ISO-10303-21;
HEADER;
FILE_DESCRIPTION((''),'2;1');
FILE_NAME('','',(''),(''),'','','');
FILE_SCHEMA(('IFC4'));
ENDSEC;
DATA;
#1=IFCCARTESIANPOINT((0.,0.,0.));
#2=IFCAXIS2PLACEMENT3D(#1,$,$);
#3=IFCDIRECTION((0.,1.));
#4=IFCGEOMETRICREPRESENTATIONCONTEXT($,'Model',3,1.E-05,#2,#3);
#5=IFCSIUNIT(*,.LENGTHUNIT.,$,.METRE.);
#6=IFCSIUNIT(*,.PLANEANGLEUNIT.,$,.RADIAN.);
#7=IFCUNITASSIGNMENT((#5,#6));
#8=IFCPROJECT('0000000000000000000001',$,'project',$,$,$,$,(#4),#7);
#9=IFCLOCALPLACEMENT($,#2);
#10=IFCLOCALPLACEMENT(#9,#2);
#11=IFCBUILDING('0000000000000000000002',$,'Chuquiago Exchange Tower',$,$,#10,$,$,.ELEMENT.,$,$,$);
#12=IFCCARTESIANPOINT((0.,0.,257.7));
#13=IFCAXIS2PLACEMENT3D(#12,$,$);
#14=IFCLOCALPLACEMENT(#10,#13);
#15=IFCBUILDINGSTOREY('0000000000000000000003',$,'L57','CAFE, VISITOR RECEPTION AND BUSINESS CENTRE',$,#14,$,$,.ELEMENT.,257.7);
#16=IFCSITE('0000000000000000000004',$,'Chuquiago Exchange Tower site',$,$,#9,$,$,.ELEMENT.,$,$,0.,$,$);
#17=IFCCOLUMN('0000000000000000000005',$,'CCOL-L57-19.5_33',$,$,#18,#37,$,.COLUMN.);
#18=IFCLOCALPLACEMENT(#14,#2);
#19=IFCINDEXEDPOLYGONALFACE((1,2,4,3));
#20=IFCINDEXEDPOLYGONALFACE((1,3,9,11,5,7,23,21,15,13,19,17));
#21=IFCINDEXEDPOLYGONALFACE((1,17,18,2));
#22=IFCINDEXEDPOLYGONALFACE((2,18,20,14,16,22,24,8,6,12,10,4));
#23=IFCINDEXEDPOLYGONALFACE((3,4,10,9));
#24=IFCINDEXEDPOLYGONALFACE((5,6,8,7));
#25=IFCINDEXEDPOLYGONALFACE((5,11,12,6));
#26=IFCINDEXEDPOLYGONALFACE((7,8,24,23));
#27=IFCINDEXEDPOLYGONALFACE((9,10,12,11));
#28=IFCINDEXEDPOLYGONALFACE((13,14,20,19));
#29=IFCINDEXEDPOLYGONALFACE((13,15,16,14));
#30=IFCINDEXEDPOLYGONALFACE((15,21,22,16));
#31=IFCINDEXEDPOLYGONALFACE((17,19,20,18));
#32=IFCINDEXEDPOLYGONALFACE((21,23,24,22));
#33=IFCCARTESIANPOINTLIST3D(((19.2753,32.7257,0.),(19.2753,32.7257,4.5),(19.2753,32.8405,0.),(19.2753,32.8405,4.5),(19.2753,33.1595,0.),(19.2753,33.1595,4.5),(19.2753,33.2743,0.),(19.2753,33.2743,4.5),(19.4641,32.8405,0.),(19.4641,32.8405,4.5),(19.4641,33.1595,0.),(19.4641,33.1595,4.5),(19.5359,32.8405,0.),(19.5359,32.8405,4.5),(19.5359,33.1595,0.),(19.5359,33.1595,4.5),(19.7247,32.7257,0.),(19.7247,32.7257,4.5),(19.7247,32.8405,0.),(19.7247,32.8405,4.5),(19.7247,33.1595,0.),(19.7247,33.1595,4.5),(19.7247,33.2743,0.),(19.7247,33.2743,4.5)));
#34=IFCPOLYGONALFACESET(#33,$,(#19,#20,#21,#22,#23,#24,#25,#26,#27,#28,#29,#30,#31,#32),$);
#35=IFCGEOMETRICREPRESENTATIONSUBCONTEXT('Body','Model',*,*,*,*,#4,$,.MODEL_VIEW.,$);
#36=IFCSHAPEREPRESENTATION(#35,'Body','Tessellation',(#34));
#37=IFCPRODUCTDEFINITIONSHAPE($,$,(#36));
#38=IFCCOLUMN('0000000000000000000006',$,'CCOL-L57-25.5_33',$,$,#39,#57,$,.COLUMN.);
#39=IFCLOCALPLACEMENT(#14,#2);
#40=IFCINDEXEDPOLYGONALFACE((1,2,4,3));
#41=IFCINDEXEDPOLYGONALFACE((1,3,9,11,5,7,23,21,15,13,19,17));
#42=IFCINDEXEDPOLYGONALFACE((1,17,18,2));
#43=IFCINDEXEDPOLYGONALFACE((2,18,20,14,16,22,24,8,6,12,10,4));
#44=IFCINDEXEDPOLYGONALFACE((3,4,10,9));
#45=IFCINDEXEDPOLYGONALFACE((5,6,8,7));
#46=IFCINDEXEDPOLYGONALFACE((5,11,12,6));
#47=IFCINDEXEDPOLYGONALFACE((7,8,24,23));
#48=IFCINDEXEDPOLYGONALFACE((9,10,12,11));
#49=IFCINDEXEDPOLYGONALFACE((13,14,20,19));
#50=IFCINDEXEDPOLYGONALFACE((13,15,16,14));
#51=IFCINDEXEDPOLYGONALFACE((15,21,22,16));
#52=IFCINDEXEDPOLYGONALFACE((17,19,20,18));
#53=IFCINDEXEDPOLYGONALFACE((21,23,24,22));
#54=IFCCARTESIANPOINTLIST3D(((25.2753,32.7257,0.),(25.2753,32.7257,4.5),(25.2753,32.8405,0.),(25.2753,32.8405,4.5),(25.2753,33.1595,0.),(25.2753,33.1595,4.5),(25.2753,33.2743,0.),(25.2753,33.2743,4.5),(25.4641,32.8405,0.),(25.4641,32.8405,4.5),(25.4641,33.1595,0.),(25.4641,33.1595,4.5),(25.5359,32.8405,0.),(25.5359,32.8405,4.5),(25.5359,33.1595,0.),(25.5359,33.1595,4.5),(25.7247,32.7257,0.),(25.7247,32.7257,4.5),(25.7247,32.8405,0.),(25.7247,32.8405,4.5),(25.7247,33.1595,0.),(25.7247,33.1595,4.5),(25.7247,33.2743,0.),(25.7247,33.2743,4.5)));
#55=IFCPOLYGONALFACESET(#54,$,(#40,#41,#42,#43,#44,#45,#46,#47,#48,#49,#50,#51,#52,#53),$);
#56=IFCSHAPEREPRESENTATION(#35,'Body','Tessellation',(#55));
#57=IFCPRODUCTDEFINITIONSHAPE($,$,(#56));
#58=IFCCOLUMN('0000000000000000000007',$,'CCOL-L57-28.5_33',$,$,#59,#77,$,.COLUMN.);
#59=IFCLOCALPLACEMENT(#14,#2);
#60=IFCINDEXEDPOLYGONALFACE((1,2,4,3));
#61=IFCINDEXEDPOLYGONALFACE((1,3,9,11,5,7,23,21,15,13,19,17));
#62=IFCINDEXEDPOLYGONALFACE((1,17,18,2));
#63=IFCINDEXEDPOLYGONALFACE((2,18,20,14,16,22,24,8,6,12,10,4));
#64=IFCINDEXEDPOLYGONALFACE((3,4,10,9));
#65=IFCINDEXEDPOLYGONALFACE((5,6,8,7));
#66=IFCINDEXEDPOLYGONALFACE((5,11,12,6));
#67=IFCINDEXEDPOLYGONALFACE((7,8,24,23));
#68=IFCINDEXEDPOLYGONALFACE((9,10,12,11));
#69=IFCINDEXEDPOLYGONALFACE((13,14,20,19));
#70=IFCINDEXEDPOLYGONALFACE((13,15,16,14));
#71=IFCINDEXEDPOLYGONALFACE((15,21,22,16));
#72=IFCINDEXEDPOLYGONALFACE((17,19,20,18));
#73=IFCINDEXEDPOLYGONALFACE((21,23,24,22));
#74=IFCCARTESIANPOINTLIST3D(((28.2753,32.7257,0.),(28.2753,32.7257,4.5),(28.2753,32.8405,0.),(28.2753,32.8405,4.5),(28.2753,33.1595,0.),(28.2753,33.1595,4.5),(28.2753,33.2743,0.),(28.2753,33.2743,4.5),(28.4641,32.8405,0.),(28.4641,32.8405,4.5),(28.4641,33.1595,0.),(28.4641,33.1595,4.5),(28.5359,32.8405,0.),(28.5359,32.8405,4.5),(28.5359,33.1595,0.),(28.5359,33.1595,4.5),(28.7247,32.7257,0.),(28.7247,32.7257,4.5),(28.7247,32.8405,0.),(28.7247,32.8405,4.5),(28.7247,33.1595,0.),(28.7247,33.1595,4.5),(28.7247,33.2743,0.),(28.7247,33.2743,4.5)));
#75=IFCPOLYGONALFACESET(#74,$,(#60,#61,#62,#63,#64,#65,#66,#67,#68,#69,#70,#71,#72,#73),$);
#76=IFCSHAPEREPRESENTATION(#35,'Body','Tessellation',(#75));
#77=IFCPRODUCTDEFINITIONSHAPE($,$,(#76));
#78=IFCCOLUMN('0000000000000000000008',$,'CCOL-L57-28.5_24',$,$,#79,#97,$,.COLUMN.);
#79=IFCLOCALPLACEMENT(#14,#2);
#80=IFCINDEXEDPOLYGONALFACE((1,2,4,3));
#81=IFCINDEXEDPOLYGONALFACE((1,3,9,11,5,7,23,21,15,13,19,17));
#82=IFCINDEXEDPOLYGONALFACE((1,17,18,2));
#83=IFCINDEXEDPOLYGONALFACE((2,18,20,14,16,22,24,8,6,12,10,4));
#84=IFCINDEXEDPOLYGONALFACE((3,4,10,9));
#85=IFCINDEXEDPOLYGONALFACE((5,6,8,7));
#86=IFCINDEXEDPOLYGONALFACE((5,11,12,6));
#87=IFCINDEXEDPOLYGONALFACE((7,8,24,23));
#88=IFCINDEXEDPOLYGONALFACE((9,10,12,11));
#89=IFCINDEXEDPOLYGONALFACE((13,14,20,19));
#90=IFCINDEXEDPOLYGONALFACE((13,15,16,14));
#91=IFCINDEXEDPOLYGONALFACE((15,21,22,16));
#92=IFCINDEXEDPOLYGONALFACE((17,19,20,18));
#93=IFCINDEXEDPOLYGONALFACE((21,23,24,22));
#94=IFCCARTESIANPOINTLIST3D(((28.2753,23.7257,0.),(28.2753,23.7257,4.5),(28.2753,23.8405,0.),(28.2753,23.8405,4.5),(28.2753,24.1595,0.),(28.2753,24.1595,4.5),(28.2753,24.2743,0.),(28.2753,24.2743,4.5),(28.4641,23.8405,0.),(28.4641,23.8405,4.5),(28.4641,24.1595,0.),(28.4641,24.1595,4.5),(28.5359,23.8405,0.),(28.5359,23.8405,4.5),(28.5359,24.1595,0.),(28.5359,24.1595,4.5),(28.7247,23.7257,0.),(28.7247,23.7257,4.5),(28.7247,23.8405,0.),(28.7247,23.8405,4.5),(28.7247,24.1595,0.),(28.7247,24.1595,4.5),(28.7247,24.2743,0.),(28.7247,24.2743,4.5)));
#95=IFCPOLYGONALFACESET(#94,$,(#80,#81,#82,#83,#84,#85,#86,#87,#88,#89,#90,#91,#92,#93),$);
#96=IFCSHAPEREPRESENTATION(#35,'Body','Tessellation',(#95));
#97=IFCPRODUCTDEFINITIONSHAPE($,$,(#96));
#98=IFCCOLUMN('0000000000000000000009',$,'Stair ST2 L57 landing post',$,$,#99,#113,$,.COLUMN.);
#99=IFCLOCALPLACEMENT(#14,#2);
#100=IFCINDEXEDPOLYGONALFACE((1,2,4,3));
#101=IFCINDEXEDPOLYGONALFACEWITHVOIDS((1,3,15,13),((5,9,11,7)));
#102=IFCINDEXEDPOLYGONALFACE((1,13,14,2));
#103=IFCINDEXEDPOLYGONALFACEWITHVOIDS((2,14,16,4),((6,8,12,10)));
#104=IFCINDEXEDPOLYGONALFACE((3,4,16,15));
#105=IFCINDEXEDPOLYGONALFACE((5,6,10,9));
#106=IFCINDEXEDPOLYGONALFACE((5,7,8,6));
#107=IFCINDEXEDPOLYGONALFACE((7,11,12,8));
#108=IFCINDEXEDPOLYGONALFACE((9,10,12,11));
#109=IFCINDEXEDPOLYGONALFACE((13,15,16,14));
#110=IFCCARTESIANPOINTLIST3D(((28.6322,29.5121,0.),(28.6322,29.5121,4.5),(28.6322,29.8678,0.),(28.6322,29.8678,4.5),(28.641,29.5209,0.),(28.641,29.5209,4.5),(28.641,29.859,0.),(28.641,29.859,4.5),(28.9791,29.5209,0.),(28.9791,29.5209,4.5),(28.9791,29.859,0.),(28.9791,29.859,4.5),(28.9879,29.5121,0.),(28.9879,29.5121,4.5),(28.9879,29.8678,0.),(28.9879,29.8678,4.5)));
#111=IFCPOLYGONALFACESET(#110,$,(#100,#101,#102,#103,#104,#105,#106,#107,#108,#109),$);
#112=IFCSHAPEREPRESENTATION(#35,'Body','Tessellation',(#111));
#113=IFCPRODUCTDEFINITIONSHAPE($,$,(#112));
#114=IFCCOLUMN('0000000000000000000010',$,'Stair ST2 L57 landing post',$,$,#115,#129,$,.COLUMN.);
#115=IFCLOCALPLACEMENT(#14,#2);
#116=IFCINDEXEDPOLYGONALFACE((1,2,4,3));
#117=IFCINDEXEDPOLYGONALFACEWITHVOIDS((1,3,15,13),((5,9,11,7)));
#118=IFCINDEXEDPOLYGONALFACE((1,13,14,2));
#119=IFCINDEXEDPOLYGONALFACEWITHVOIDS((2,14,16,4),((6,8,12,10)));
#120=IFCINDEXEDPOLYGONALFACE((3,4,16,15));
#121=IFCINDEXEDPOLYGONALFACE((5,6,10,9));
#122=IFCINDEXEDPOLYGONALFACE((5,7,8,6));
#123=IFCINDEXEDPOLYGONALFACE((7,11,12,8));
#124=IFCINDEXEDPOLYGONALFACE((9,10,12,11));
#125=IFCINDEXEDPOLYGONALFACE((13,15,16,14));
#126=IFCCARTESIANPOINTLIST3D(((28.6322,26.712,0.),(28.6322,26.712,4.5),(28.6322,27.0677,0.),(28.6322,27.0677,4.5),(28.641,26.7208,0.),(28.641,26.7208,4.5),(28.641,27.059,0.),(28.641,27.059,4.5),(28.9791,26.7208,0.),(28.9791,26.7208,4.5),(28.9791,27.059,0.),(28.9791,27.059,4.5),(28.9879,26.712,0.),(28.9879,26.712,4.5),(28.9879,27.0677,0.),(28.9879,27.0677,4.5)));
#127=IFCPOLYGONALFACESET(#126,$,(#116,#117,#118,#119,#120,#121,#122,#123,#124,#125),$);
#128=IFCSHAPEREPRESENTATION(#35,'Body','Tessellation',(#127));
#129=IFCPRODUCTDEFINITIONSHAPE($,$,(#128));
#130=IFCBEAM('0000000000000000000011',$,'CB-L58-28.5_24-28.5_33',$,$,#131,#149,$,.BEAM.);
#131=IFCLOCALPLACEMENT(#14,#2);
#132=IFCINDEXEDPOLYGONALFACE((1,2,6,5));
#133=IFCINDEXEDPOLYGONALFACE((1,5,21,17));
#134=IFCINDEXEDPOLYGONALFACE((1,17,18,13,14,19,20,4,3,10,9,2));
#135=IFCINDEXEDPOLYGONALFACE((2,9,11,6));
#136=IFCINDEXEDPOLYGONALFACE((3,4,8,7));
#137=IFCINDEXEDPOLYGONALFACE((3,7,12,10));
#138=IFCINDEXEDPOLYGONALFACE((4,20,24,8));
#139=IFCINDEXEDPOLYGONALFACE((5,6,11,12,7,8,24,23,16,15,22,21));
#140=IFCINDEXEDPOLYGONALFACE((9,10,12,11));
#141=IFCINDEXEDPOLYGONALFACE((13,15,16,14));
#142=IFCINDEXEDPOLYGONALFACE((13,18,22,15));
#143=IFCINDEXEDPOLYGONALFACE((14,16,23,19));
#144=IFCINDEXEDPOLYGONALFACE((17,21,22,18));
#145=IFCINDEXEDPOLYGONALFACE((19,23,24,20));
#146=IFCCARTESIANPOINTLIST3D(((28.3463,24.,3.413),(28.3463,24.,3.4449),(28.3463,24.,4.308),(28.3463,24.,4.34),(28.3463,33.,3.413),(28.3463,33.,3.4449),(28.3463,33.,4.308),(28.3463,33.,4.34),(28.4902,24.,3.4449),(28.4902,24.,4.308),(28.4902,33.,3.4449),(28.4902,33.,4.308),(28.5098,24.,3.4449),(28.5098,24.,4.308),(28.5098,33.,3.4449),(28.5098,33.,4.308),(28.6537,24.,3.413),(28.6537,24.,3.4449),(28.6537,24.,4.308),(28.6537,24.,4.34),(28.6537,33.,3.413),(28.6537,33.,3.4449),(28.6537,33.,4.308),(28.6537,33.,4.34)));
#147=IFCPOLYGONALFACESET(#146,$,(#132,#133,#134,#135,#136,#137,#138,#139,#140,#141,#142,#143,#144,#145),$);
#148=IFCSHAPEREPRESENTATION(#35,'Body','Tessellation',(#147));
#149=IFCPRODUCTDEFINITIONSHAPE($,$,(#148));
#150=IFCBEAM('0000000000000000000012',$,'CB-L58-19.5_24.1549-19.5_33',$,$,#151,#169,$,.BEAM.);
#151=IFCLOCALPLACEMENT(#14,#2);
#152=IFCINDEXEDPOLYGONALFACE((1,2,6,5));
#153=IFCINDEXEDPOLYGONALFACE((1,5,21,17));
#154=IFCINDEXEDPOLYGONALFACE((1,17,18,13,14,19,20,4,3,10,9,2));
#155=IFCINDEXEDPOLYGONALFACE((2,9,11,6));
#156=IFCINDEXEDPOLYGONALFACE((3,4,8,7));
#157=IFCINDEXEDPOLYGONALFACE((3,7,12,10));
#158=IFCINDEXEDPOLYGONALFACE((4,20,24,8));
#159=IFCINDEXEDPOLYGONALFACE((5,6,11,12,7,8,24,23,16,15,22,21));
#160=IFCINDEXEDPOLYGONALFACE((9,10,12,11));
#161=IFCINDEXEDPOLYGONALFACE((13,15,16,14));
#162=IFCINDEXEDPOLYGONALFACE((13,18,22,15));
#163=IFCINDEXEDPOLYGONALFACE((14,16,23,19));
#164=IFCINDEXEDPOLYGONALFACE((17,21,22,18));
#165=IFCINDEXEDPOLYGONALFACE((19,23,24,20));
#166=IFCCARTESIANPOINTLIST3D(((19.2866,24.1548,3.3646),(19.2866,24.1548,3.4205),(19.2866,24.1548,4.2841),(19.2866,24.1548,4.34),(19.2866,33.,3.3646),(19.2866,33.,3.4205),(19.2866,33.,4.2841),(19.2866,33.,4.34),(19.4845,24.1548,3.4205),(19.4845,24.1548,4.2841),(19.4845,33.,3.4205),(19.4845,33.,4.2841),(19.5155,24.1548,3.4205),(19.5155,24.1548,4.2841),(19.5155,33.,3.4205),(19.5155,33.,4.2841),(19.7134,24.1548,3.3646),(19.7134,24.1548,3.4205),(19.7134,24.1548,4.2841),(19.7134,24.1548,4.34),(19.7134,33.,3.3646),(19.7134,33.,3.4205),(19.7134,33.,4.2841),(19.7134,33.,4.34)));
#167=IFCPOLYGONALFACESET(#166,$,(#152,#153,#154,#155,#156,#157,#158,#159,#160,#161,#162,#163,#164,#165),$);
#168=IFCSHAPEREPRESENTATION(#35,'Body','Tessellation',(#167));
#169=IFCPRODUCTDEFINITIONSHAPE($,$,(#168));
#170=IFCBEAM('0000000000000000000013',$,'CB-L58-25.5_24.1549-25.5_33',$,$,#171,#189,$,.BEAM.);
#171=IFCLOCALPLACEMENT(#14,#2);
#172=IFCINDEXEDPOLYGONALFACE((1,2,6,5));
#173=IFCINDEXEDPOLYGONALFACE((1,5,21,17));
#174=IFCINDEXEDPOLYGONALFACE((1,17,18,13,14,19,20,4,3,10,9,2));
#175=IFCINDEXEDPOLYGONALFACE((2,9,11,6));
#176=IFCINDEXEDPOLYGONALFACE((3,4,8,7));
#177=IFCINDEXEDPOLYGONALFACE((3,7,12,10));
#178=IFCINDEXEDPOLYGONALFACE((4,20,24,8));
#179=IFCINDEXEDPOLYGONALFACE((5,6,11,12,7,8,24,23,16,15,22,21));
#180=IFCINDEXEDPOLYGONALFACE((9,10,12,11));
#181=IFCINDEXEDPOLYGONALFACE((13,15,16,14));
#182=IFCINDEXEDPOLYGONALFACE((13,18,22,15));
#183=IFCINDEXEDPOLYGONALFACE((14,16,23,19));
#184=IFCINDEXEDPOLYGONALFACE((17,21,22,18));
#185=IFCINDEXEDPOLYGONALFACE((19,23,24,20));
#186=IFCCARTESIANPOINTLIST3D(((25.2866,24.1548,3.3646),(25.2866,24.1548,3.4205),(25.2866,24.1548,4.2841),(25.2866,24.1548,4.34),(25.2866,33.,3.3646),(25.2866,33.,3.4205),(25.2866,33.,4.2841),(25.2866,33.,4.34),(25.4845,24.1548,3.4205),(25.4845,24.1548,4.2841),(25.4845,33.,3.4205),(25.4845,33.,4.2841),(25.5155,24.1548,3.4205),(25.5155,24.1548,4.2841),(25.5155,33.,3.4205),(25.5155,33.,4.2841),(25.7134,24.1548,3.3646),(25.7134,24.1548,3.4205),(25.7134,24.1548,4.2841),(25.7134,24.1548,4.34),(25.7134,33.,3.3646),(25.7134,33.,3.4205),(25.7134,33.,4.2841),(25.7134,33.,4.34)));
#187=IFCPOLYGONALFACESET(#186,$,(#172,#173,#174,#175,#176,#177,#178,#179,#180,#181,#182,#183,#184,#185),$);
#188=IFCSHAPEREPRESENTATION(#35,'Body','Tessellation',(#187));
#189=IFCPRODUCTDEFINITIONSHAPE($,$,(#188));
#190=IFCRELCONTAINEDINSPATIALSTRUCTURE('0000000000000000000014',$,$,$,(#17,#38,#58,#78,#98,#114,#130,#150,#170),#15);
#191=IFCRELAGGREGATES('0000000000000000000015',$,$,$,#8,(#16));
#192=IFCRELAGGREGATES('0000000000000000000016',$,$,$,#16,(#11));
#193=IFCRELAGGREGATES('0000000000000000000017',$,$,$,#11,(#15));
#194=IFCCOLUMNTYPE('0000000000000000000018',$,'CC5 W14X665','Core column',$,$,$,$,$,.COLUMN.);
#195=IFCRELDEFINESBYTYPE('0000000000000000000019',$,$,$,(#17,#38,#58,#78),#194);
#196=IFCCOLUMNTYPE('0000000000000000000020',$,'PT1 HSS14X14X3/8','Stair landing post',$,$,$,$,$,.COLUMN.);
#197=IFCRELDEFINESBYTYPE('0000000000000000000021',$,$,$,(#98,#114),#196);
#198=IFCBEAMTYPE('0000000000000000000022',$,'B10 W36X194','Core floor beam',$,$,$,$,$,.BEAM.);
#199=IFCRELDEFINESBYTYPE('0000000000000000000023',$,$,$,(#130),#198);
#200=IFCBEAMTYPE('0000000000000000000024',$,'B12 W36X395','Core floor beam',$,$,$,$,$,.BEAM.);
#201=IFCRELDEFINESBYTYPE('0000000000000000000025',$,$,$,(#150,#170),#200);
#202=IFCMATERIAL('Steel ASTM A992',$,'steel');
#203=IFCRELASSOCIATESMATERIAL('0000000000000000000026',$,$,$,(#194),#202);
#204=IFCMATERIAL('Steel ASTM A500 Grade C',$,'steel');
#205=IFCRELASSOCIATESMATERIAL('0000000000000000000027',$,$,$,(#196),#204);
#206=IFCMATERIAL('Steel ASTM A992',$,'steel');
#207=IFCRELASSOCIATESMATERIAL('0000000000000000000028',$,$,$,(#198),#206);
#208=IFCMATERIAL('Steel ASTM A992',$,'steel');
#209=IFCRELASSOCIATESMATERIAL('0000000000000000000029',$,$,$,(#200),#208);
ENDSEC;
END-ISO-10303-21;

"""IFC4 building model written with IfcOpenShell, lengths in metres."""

from ifc_helpers import new_model, si_unit, direction, frame, origin, origin_2d, place, context, subcontext, project, spatial, hollow_rectangle, i_section, extrude, material, material_profile, profile_set, type_object, element, save


model = new_model("IFC4")

# Units and contexts
model_context = context("Model", 3, precision=1e-05, world=origin(), true_north=direction((0.0, 1.0)))
body_context = subcontext(model_context, "Body", "Model", "MODEL_VIEW")
ifc_project = project(units=[si_unit("LENGTHUNIT", "METRE"), si_unit("PLANEANGLEUNIT", "RADIAN")], contexts=[model_context])

# Site, building, storey
site_placement = place(None, origin())
site = spatial("IfcSite", under=ifc_project, at=site_placement, Name="Chuquiago Exchange Tower site", CompositionType="ELEMENT", RefElevation=0.0)
building_placement = place(site_placement, origin())
building = spatial("IfcBuilding", under=site, at=building_placement, Name="Chuquiago Exchange Tower", CompositionType="ELEMENT")
storey_placement = place(building_placement, frame((0.0, 0.0, 257.7)))
storey = spatial("IfcBuildingStorey", under=building, at=storey_placement, Name="L57", Description="CAFE, VISITOR RECEPTION AND BUSINESS CENTRE", CompositionType="ELEMENT", Elevation=257.7)

# Columns
ifc_material_1 = material(Name="Steel ASTM A992", Category="steel")
ifc_material_profile_1 = material_profile(ifc_material_1, i_section(OverallWidth=0.4495, OverallDepth=0.5486, WebThickness=0.0718, FlangeThickness=0.1147, at=origin_2d()), Name="W14X665")
ifc_profile_set_1 = profile_set([ifc_material_profile_1], Name="Steel ASTM A992")
column_type_1 = type_object("IfcColumnType", Name="CC5 W14X665", Description="Core column", PredefinedType="COLUMN", material=ifc_profile_set_1)
for number, where, z_axis, x_axis, name in (
    (1, (19.5, 33.0, 0.0), (0.0, 0.0, 1.0), (1.0, 0.0, 0.0), "CCOL-L57-19.5_33"),
    (2, (25.5, 33.0, 0.0), (0.0, 0.0, 1.0), (1.0, 0.0, 0.0), "CCOL-L57-25.5_33"),
    (3, (28.5, 33.0, 0.0), (0.0, 0.0, 1.0), (1.0, 0.0, 0.0), "CCOL-L57-28.5_33"),
    (4, (28.5, 24.0, 0.0), (0.0, 0.0, 1.0), (1.0, 0.0, 0.0), "CCOL-L57-28.5_24"),
):
    element("IfcColumn", number, at=place(storey_placement, frame(where, z_axis=z_axis, x_axis=x_axis)), inside=storey, type_object=column_type_1, Name=name, PredefinedType="COLUMN", context=body_context, shape_type="SweptSolid", body=[
        extrude(i_section(OverallWidth=0.4495, OverallDepth=0.5486, WebThickness=0.0718, FlangeThickness=0.1147, at=origin_2d()), origin(), (0.0, 0.0, 1.0), 4.5),
    ])
ifc_material_2 = material(Name="Steel ASTM A500 Grade C", Category="steel")
ifc_material_profile_2 = material_profile(ifc_material_2, hollow_rectangle(XDim=0.3557, YDim=0.3557, WallThickness=0.0088, at=origin_2d()), Name="HSS14X14X3/8")
ifc_profile_set_2 = profile_set([ifc_material_profile_2], Name="Steel ASTM A500 Grade C")
column_type_2 = type_object("IfcColumnType", Name="PT1 HSS14X14X3/8", Description="Stair landing post", PredefinedType="COLUMN", material=ifc_profile_set_2)
for number, where, z_axis, x_axis, name in (
    (5, (28.8101, 29.6899, 0.0), (0.0, 0.0, 1.0), (1.0, 0.0, 0.0), "Stair ST2 L57 landing post"),
    (6, (28.8101, 26.8899, 0.0), (0.0, 0.0, 1.0), (1.0, 0.0, 0.0), "Stair ST2 L57 landing post"),
):
    element("IfcColumn", number, at=place(storey_placement, frame(where, z_axis=z_axis, x_axis=x_axis)), inside=storey, type_object=column_type_2, Name=name, PredefinedType="COLUMN", context=body_context, shape_type="SweptSolid", body=[
        extrude(hollow_rectangle(XDim=0.3557, YDim=0.3557, WallThickness=0.0088, at=origin_2d()), origin(), (0.0, 0.0, 1.0), 4.5),
    ])

# Beams
ifc_material_3 = material(Name="Steel ASTM A992", Category="steel")
ifc_material_profile_3 = material_profile(ifc_material_3, i_section(OverallWidth=0.3074, OverallDepth=0.927, WebThickness=0.0195, FlangeThickness=0.032, at=origin_2d()), Name="W36X194")
ifc_profile_set_3 = profile_set([ifc_material_profile_3], Name="Steel ASTM A992")
beam_type_1 = type_object("IfcBeamType", Name="B10 W36X194", Description="Core floor beam", PredefinedType="BEAM", material=ifc_profile_set_3)
beam_1_placement = place(storey_placement, frame((28.5, 24.0, 3.8765), z_axis=(0.0, 1.0, 0.0), x_axis=(-1.0, 0.0, 0.0)))
element("IfcBeam", 7, at=beam_1_placement, inside=storey, type_object=beam_type_1, Name="CB-L58-28.5_24-28.5_33", PredefinedType="BEAM", context=body_context, shape_type="SweptSolid", body=[
    extrude(i_section(OverallWidth=0.3074, OverallDepth=0.927, WebThickness=0.0195, FlangeThickness=0.032, at=origin_2d()), origin(), (0.0, 0.0, 1.0), 9.0),
])
ifc_material_4 = material(Name="Steel ASTM A992", Category="steel")
ifc_material_profile_4 = material_profile(ifc_material_4, i_section(OverallWidth=0.4268, OverallDepth=0.9753, WebThickness=0.031, FlangeThickness=0.0559, at=origin_2d()), Name="W36X395")
ifc_profile_set_4 = profile_set([ifc_material_profile_4], Name="Steel ASTM A992")
beam_type_2 = type_object("IfcBeamType", Name="B12 W36X395", Description="Core floor beam", PredefinedType="BEAM", material=ifc_profile_set_4)
for number, where, z_axis, x_axis, name in (
    (8, (19.5, 24.1548, 3.8523), (0.0, 1.0, 0.0), (-1.0, 0.0, 0.0), "CB-L58-19.5_24.1549-19.5_33"),
    (9, (25.5, 24.1548, 3.8523), (0.0, 1.0, 0.0), (-1.0, 0.0, 0.0), "CB-L58-25.5_24.1549-25.5_33"),
):
    element("IfcBeam", number, at=place(storey_placement, frame(where, z_axis=z_axis, x_axis=x_axis)), inside=storey, type_object=beam_type_2, Name=name, PredefinedType="BEAM", context=body_context, shape_type="SweptSolid", body=[
        extrude(i_section(OverallWidth=0.4268, OverallDepth=0.9753, WebThickness=0.031, FlangeThickness=0.0559, at=origin_2d()), origin(), (0.0, 0.0, 1.0), 8.8452),
    ])

save(model, "model.ifc")
